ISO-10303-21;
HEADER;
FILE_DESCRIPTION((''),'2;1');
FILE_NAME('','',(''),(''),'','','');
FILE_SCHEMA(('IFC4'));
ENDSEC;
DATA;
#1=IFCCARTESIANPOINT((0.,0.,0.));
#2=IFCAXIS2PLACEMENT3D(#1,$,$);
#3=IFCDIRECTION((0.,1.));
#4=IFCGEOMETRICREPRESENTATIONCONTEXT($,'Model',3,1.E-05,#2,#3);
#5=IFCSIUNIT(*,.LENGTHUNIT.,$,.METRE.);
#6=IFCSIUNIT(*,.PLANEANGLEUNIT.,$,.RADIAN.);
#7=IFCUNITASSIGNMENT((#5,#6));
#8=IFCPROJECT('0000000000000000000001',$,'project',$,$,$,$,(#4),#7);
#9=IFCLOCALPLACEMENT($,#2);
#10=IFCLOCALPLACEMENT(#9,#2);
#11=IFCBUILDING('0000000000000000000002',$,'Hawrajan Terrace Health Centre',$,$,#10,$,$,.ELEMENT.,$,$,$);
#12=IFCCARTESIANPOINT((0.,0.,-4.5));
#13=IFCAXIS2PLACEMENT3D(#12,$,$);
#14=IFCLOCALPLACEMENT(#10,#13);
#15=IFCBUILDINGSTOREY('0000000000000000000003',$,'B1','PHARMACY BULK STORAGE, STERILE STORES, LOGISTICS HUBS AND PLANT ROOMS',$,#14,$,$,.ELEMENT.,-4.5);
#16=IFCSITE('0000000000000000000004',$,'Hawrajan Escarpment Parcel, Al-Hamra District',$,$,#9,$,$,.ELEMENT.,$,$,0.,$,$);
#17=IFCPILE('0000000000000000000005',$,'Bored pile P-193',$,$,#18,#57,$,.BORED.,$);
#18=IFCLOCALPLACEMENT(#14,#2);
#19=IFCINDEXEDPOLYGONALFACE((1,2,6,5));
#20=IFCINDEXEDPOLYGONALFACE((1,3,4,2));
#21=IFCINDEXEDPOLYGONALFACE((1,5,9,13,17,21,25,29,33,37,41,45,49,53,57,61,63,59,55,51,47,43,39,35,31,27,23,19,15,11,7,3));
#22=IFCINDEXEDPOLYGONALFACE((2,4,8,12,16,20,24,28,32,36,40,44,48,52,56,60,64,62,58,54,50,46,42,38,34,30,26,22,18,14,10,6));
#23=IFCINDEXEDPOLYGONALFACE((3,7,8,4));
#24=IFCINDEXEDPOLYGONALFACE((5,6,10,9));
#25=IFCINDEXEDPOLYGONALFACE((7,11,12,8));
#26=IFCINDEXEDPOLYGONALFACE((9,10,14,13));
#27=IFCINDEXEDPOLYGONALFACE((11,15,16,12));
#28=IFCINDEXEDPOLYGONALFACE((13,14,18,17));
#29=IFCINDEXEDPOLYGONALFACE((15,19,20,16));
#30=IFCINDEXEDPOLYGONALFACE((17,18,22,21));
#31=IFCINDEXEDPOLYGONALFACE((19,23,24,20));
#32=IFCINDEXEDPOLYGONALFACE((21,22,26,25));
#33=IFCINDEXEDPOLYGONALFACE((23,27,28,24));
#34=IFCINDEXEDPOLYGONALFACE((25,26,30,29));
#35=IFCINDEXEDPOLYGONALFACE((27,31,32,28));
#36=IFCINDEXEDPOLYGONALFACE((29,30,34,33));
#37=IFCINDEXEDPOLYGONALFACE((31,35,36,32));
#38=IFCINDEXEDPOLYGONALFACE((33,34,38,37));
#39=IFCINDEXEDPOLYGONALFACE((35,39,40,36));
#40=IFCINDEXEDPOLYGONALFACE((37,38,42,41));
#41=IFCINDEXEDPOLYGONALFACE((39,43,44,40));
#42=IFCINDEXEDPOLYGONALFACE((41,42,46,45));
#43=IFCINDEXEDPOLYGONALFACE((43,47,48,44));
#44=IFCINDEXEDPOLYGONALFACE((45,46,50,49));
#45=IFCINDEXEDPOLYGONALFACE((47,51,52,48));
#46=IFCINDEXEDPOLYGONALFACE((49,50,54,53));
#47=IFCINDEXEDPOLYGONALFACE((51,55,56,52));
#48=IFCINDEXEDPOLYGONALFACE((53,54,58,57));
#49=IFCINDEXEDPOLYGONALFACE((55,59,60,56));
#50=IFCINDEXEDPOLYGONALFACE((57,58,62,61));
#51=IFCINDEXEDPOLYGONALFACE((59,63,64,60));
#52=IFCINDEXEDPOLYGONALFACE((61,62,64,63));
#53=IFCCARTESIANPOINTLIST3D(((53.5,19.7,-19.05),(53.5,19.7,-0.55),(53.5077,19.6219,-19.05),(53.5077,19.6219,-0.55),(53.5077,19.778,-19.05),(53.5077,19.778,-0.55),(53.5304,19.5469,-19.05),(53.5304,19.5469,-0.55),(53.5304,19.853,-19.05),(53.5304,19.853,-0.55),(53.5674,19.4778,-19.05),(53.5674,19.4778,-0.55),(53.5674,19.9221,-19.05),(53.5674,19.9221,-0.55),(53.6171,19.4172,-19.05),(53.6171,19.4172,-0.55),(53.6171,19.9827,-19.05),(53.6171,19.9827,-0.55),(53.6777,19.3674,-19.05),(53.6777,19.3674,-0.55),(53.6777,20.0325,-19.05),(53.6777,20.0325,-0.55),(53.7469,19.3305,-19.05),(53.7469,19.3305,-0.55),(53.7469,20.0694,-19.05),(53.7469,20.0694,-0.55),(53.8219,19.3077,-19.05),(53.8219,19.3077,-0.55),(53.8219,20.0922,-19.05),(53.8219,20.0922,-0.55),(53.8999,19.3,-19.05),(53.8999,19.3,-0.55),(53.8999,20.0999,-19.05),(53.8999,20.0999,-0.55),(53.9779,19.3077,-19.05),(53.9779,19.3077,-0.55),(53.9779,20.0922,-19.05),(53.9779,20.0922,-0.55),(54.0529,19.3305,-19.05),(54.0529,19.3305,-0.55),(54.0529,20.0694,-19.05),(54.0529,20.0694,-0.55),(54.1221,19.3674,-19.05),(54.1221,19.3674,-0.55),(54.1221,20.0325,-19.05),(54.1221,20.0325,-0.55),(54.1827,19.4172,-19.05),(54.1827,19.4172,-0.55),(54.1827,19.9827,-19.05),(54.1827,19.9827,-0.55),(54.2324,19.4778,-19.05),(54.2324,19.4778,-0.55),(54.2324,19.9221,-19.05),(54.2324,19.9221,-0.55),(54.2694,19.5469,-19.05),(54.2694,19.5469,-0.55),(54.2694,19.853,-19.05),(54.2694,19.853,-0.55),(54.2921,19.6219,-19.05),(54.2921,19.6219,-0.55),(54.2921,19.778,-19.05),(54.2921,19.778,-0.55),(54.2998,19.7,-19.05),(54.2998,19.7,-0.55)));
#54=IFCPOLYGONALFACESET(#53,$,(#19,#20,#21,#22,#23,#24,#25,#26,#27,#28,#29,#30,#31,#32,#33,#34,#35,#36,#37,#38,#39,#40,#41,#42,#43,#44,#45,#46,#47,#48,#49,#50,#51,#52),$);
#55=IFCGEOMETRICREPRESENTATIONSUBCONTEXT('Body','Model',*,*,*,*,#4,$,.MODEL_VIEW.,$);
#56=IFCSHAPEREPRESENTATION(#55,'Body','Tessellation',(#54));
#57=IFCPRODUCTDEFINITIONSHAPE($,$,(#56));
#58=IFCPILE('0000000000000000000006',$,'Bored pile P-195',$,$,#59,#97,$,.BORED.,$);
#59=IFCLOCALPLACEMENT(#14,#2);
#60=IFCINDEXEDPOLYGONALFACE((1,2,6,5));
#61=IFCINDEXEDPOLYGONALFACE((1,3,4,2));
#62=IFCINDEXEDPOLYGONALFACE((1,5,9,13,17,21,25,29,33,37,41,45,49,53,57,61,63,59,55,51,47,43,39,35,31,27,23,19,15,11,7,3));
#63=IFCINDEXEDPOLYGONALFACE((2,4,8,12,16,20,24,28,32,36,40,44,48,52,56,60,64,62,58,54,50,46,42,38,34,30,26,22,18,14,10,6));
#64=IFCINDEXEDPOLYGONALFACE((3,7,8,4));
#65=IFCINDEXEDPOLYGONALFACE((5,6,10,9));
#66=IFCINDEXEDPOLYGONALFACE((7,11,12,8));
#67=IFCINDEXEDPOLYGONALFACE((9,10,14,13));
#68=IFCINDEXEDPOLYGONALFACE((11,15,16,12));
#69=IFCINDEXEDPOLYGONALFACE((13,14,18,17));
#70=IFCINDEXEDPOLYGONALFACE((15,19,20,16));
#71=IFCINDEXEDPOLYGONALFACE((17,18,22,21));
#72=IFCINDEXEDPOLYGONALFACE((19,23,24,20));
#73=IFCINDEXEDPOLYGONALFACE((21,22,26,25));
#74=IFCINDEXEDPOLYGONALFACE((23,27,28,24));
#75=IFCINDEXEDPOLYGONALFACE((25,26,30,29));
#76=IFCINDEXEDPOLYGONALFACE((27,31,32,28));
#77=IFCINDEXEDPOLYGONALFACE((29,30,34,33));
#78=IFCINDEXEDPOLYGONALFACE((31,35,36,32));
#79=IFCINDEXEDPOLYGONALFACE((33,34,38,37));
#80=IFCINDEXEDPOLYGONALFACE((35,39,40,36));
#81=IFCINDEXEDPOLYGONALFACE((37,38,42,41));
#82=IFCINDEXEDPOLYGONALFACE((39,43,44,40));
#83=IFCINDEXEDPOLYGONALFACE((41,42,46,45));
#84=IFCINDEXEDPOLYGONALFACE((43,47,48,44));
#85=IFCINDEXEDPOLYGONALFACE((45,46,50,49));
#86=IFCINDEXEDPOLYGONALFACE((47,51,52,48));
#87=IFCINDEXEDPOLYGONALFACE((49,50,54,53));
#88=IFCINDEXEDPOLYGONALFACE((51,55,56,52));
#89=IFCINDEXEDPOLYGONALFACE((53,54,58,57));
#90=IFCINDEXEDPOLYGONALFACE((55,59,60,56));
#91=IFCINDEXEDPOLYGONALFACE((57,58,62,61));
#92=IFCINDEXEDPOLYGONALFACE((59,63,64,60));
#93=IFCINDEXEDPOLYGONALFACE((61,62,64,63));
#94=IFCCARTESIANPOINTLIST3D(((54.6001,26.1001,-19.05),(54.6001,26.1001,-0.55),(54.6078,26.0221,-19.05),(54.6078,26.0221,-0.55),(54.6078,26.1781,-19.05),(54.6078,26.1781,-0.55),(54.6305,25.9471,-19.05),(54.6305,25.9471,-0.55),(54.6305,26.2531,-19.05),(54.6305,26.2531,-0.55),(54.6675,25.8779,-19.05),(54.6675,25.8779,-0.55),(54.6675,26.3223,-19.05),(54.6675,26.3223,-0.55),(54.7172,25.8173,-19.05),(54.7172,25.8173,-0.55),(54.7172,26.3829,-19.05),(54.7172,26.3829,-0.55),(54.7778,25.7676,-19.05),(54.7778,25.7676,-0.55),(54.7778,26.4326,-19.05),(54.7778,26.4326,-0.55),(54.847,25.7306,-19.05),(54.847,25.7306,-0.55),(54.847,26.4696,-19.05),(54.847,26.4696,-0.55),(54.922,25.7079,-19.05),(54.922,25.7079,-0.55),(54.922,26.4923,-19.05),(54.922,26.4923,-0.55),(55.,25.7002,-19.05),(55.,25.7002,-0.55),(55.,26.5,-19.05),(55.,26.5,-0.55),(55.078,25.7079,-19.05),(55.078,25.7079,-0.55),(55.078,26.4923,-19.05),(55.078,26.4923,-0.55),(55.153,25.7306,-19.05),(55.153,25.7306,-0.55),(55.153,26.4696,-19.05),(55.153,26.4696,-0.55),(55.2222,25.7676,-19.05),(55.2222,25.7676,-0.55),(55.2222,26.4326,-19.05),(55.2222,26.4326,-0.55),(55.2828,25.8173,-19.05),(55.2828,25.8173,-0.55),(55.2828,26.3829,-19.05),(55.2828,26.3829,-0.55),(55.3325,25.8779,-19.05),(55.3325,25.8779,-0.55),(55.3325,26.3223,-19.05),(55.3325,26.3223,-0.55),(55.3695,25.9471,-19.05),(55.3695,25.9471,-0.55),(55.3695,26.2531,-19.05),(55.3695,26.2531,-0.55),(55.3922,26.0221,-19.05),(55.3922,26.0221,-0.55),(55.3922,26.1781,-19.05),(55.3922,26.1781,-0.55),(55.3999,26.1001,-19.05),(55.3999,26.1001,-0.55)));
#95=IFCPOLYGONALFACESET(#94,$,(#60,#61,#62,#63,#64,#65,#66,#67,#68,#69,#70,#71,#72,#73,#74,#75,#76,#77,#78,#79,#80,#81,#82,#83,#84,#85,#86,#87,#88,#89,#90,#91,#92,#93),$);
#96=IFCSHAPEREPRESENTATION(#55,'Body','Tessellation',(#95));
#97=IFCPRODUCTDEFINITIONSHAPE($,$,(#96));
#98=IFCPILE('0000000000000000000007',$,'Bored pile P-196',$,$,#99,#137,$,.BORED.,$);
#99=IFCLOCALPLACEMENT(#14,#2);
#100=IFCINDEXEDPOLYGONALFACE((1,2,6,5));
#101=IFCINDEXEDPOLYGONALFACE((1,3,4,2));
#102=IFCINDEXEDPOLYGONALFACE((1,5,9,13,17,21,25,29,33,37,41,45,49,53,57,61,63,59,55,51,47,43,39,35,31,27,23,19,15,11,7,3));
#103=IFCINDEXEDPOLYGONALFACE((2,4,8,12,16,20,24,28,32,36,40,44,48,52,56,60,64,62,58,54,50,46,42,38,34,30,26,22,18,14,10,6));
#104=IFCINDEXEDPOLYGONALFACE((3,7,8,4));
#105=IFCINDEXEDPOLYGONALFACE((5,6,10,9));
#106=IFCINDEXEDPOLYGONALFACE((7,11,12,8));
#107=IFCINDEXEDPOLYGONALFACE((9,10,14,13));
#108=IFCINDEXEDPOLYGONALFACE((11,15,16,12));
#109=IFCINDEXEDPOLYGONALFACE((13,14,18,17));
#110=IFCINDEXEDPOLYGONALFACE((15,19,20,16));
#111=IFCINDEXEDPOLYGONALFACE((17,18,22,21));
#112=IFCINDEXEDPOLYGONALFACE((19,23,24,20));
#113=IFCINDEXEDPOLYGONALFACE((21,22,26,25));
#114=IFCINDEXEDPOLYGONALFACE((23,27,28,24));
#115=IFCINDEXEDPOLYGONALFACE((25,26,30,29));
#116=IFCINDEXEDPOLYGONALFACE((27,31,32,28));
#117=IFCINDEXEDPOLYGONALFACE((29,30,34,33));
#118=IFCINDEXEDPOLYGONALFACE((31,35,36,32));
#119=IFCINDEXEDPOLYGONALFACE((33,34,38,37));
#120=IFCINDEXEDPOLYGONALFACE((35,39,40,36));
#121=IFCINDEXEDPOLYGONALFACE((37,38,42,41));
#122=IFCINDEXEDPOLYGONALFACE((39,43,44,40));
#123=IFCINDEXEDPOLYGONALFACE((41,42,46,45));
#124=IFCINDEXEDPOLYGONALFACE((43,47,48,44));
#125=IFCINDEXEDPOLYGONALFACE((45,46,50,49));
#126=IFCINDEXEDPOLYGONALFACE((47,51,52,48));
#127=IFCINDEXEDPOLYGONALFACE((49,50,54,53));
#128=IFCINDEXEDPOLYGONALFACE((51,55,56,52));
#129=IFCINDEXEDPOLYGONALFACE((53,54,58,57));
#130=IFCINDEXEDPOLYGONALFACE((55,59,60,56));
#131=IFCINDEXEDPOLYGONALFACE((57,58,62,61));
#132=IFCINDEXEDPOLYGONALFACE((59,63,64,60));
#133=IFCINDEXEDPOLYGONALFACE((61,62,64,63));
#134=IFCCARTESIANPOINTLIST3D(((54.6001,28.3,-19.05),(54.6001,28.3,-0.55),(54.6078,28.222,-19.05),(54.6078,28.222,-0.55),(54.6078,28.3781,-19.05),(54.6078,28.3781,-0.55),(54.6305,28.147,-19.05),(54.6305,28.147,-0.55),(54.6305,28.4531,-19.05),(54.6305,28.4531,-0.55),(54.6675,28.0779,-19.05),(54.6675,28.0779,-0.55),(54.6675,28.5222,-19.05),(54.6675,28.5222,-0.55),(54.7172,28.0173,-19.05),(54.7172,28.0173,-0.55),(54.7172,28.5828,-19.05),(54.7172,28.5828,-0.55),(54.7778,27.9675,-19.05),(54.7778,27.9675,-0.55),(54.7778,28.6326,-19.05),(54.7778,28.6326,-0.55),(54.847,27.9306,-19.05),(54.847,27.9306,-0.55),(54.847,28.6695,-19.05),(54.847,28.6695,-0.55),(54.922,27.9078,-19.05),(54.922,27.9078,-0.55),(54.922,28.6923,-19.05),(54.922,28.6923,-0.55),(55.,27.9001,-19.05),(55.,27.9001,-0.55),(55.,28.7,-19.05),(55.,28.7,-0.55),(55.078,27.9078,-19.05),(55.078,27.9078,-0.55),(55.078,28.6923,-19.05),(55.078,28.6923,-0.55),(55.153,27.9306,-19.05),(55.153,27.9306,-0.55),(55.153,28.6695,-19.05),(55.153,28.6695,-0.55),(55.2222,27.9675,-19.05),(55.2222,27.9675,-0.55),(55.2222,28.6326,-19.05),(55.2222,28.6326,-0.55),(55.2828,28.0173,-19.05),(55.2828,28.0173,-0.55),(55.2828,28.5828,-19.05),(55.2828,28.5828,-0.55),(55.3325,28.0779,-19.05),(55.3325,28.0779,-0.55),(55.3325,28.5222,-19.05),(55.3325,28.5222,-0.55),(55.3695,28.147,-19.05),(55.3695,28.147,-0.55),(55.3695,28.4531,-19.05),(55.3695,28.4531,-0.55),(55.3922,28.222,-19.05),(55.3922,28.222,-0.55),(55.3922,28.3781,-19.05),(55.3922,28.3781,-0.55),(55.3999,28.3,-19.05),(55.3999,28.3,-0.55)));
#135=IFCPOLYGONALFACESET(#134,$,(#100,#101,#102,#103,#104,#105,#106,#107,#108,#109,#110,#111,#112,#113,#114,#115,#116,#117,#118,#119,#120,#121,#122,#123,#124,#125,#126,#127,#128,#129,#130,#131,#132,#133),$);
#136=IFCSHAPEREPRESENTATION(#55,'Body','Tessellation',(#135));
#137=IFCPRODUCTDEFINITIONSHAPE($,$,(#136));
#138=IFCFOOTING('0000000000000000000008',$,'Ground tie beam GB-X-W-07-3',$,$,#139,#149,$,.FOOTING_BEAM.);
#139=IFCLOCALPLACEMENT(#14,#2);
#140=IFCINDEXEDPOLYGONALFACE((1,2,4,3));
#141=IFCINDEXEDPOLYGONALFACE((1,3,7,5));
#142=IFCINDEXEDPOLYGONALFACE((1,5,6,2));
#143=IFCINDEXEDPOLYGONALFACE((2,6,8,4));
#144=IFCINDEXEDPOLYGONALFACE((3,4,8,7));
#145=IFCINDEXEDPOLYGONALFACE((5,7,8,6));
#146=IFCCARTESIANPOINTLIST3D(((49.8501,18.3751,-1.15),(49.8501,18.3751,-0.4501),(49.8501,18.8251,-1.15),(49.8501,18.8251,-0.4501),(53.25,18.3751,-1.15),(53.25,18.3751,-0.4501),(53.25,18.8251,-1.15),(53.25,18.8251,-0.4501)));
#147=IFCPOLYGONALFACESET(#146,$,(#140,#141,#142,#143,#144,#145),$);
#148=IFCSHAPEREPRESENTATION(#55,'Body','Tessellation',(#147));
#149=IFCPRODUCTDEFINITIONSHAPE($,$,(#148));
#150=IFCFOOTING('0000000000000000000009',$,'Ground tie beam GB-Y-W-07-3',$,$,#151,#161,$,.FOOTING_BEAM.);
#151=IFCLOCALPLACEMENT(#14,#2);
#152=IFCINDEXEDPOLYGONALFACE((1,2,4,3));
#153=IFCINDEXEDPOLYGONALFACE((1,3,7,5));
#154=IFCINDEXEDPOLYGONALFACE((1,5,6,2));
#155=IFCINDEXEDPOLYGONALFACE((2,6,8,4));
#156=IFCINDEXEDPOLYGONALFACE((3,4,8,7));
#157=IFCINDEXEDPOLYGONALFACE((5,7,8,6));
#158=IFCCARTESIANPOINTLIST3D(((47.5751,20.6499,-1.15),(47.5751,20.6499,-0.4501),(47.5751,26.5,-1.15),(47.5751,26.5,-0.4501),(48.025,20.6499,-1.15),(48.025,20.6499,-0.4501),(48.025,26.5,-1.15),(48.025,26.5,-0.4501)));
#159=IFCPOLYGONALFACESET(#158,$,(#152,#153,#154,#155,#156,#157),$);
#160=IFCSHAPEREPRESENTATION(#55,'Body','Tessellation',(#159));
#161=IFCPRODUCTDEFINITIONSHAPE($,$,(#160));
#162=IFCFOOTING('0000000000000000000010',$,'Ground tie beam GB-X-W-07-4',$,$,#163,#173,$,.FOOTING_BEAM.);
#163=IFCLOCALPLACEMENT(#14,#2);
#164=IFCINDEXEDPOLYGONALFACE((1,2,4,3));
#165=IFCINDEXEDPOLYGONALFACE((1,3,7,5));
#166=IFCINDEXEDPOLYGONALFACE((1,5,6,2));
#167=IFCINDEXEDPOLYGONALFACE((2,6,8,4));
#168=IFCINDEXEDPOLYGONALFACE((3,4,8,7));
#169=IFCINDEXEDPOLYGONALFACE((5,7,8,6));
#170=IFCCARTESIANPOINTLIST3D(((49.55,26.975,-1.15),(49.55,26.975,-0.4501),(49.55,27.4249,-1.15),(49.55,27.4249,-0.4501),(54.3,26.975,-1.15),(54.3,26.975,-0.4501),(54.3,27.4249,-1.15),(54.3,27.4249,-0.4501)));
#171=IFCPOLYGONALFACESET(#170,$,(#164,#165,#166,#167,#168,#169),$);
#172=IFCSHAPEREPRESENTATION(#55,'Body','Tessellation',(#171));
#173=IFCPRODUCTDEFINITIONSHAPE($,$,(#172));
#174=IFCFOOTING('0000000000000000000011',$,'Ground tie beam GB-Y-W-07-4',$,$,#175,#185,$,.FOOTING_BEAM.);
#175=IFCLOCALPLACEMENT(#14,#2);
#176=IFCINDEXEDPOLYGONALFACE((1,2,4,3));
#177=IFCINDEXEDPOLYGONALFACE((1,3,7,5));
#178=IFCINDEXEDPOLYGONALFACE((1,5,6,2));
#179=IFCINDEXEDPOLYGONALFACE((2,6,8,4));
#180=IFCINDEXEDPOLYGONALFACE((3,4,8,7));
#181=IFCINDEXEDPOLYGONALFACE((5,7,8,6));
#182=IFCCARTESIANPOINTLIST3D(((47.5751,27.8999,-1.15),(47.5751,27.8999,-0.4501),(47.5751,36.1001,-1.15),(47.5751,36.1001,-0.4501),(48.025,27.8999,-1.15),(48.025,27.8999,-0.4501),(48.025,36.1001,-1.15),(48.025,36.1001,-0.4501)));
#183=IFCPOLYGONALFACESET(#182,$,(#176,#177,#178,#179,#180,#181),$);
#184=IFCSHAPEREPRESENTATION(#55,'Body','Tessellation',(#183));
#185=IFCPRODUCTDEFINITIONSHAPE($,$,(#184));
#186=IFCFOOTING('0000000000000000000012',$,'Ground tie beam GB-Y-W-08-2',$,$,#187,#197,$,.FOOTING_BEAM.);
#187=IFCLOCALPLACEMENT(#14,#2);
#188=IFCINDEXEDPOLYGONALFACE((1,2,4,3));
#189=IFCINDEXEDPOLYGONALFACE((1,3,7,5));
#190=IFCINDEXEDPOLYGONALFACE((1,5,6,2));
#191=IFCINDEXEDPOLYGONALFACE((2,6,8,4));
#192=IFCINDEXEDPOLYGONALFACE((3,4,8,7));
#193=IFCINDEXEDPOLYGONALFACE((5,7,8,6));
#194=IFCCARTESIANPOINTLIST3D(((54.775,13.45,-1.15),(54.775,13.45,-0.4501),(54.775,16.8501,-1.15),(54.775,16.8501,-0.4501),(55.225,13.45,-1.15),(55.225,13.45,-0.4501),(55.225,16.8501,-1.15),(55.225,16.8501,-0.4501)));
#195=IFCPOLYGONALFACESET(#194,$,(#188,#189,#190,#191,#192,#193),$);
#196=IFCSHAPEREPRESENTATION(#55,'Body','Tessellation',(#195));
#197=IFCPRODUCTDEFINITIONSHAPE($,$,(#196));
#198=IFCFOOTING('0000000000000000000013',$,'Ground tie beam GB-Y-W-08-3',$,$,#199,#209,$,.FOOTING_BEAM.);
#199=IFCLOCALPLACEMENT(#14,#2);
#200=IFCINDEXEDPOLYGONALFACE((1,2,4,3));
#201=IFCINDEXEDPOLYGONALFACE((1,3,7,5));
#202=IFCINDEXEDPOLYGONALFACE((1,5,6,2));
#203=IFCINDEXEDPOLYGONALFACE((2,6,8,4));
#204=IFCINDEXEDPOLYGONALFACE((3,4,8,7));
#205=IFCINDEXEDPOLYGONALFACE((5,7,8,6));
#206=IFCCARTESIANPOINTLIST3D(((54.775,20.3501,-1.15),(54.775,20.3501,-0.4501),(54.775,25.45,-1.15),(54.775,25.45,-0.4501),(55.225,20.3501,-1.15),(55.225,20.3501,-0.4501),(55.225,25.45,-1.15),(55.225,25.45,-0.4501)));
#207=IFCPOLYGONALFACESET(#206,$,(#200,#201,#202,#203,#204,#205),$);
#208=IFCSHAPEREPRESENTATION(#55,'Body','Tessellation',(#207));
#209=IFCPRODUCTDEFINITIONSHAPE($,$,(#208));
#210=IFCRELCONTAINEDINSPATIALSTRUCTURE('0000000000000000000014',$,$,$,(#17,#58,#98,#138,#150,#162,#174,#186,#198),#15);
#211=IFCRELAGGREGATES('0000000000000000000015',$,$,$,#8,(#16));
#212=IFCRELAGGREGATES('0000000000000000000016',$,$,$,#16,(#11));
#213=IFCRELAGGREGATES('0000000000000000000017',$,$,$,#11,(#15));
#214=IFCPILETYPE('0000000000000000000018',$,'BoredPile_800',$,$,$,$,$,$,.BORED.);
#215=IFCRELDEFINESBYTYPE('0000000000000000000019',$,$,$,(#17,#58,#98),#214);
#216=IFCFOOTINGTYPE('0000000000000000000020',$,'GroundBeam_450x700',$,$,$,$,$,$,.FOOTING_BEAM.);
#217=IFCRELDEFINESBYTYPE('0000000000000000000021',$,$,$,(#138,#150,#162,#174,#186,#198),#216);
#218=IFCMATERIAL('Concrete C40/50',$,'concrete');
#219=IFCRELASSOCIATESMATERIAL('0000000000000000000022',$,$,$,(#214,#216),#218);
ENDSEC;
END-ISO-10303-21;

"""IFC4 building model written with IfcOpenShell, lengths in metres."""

from ifc_helpers import new_model, si_unit, direction, frame, origin, origin_2d, place, context, subcontext, project, spatial, rectangle, circle, extrude, material, material_profile, profile_set, type_object, element, save


model = new_model("IFC4")

# Units and contexts
model_context = context("Model", 3, precision=1e-05, world=origin(), true_north=direction((0.0, 1.0)))
body_context = subcontext(model_context, "Body", "Model", "MODEL_VIEW")
ifc_project = project(units=[si_unit("LENGTHUNIT", "METRE"), si_unit("PLANEANGLEUNIT", "RADIAN")], contexts=[model_context])

# Site, building, storey
site_placement = place(None, origin())
site = spatial("IfcSite", under=ifc_project, at=site_placement, Name="Hawrajan Escarpment Parcel, Al-Hamra District", CompositionType="ELEMENT", RefElevation=0.0)
building_placement = place(site_placement, origin())
building = spatial("IfcBuilding", under=site, at=building_placement, Name="Hawrajan Terrace Health Centre", CompositionType="ELEMENT")
storey_placement = place(building_placement, frame((0.0, 0.0, -4.5)))
storey = spatial("IfcBuildingStorey", under=building, at=storey_placement, Name="B1", Description="PHARMACY BULK STORAGE, STERILE STORES, LOGISTICS HUBS AND PLANT ROOMS", CompositionType="ELEMENT", Elevation=-4.5)

# Piles
ifc_material_1 = material(Name="Concrete C40/50", Category="concrete")
ifc_material_profile_1 = material_profile(ifc_material_1, circle(Radius=0.3999, at=origin_2d()), Name="BP 800")
ifc_profile_set_1 = profile_set([ifc_material_profile_1], Name="Concrete C40/50")
pile_type_1 = type_object("IfcPileType", Name="BoredPile_800", PredefinedType="BORED", material=ifc_profile_set_1)
for number, where, z_axis, x_axis, name in (
    (1, (53.8999, 19.7, -0.55), (0.0, 0.0, -1.0), (1.0, 0.0, 0.0), "Bored pile P-193"),
    (2, (55.0, 26.1001, -0.55), (0.0, 0.0, -1.0), (1.0, 0.0, 0.0), "Bored pile P-195"),
    (3, (55.0, 28.3, -0.55), (0.0, 0.0, -1.0), (1.0, 0.0, 0.0), "Bored pile P-196"),
):
    element("IfcPile", number, at=place(storey_placement, frame(where, z_axis=z_axis, x_axis=x_axis)), inside=storey, type_object=pile_type_1, Name=name, PredefinedType="BORED", context=body_context, shape_type="SweptSolid", body=[
        extrude(circle(Radius=0.3999, at=origin_2d()), origin(), (0.0, 0.0, 1.0), 18.5),
    ])

# Footings
ifc_material_profile_2 = material_profile(ifc_material_1, rectangle(XDim=0.45, YDim=0.7, at=origin_2d()), Name="RC BM 450x700")
ifc_profile_set_2 = profile_set([ifc_material_profile_2], Name="Concrete C40/50")
footing_type_1 = type_object("IfcFootingType", Name="GroundBeam_450x700", PredefinedType="FOOTING_BEAM", material=ifc_profile_set_2)
footing_1_placement = place(storey_placement, frame((49.8501, 18.6001, -0.8), z_axis=(1.0, 0.0, 0.0), x_axis=(0.0, 1.0, 0.0)))
element("IfcFooting", 4, at=footing_1_placement, inside=storey, type_object=footing_type_1, Name="Ground tie beam GB-X-W-07-3", PredefinedType="FOOTING_BEAM", context=body_context, shape_type="SweptSolid", body=[
    extrude(rectangle(XDim=0.45, YDim=0.7, at=origin_2d()), origin(), (0.0, 0.0, 1.0), 3.3999),
])
footing_2_placement = place(storey_placement, frame((47.8, 20.6499, -0.8), z_axis=(0.0, 1.0, 0.0), x_axis=(-1.0, 0.0, 0.0)))
element("IfcFooting", 5, at=footing_2_placement, inside=storey, type_object=footing_type_1, Name="Ground tie beam GB-Y-W-07-3", PredefinedType="FOOTING_BEAM", context=body_context, shape_type="SweptSolid", body=[
    extrude(rectangle(XDim=0.45, YDim=0.7, at=origin_2d()), origin(), (0.0, 0.0, 1.0), 5.8501),
])
footing_3_placement = place(storey_placement, frame((49.55, 27.2, -0.8), z_axis=(1.0, 0.0, 0.0), x_axis=(0.0, 1.0, 0.0)))
element("IfcFooting", 6, at=footing_3_placement, inside=storey, type_object=footing_type_1, Name="Ground tie beam GB-X-W-07-4", PredefinedType="FOOTING_BEAM", context=body_context, shape_type="SweptSolid", body=[
    extrude(rectangle(XDim=0.45, YDim=0.7, at=origin_2d()), origin(), (0.0, 0.0, 1.0), 4.75),
])
footing_4_placement = place(storey_placement, frame((47.8, 27.8999, -0.8), z_axis=(0.0, 1.0, 0.0), x_axis=(-1.0, 0.0, 0.0)))
element("IfcFooting", 7, at=footing_4_placement, inside=storey, type_object=footing_type_1, Name="Ground tie beam GB-Y-W-07-4", PredefinedType="FOOTING_BEAM", context=body_context, shape_type="SweptSolid", body=[
    extrude(rectangle(XDim=0.45, YDim=0.7, at=origin_2d()), origin(), (0.0, 0.0, 1.0), 8.2002),
])
footing_5_placement = place(storey_placement, frame((55.0, 13.45, -0.8), z_axis=(0.0, 1.0, 0.0), x_axis=(-1.0, 0.0, 0.0)))
element("IfcFooting", 8, at=footing_5_placement, inside=storey, type_object=footing_type_1, Name="Ground tie beam GB-Y-W-08-2", PredefinedType="FOOTING_BEAM", context=body_context, shape_type="SweptSolid", body=[
    extrude(rectangle(XDim=0.45, YDim=0.7, at=origin_2d()), origin(), (0.0, 0.0, 1.0), 3.4001),
])
footing_6_placement = place(storey_placement, frame((55.0, 20.3501, -0.8), z_axis=(0.0, 1.0, 0.0), x_axis=(-1.0, 0.0, 0.0)))
element("IfcFooting", 9, at=footing_6_placement, inside=storey, type_object=footing_type_1, Name="Ground tie beam GB-Y-W-08-3", PredefinedType="FOOTING_BEAM", context=body_context, shape_type="SweptSolid", body=[
    extrude(rectangle(XDim=0.45, YDim=0.7, at=origin_2d()), origin(), (0.0, 0.0, 1.0), 5.0999),
])

save(model, "model.ifc")
